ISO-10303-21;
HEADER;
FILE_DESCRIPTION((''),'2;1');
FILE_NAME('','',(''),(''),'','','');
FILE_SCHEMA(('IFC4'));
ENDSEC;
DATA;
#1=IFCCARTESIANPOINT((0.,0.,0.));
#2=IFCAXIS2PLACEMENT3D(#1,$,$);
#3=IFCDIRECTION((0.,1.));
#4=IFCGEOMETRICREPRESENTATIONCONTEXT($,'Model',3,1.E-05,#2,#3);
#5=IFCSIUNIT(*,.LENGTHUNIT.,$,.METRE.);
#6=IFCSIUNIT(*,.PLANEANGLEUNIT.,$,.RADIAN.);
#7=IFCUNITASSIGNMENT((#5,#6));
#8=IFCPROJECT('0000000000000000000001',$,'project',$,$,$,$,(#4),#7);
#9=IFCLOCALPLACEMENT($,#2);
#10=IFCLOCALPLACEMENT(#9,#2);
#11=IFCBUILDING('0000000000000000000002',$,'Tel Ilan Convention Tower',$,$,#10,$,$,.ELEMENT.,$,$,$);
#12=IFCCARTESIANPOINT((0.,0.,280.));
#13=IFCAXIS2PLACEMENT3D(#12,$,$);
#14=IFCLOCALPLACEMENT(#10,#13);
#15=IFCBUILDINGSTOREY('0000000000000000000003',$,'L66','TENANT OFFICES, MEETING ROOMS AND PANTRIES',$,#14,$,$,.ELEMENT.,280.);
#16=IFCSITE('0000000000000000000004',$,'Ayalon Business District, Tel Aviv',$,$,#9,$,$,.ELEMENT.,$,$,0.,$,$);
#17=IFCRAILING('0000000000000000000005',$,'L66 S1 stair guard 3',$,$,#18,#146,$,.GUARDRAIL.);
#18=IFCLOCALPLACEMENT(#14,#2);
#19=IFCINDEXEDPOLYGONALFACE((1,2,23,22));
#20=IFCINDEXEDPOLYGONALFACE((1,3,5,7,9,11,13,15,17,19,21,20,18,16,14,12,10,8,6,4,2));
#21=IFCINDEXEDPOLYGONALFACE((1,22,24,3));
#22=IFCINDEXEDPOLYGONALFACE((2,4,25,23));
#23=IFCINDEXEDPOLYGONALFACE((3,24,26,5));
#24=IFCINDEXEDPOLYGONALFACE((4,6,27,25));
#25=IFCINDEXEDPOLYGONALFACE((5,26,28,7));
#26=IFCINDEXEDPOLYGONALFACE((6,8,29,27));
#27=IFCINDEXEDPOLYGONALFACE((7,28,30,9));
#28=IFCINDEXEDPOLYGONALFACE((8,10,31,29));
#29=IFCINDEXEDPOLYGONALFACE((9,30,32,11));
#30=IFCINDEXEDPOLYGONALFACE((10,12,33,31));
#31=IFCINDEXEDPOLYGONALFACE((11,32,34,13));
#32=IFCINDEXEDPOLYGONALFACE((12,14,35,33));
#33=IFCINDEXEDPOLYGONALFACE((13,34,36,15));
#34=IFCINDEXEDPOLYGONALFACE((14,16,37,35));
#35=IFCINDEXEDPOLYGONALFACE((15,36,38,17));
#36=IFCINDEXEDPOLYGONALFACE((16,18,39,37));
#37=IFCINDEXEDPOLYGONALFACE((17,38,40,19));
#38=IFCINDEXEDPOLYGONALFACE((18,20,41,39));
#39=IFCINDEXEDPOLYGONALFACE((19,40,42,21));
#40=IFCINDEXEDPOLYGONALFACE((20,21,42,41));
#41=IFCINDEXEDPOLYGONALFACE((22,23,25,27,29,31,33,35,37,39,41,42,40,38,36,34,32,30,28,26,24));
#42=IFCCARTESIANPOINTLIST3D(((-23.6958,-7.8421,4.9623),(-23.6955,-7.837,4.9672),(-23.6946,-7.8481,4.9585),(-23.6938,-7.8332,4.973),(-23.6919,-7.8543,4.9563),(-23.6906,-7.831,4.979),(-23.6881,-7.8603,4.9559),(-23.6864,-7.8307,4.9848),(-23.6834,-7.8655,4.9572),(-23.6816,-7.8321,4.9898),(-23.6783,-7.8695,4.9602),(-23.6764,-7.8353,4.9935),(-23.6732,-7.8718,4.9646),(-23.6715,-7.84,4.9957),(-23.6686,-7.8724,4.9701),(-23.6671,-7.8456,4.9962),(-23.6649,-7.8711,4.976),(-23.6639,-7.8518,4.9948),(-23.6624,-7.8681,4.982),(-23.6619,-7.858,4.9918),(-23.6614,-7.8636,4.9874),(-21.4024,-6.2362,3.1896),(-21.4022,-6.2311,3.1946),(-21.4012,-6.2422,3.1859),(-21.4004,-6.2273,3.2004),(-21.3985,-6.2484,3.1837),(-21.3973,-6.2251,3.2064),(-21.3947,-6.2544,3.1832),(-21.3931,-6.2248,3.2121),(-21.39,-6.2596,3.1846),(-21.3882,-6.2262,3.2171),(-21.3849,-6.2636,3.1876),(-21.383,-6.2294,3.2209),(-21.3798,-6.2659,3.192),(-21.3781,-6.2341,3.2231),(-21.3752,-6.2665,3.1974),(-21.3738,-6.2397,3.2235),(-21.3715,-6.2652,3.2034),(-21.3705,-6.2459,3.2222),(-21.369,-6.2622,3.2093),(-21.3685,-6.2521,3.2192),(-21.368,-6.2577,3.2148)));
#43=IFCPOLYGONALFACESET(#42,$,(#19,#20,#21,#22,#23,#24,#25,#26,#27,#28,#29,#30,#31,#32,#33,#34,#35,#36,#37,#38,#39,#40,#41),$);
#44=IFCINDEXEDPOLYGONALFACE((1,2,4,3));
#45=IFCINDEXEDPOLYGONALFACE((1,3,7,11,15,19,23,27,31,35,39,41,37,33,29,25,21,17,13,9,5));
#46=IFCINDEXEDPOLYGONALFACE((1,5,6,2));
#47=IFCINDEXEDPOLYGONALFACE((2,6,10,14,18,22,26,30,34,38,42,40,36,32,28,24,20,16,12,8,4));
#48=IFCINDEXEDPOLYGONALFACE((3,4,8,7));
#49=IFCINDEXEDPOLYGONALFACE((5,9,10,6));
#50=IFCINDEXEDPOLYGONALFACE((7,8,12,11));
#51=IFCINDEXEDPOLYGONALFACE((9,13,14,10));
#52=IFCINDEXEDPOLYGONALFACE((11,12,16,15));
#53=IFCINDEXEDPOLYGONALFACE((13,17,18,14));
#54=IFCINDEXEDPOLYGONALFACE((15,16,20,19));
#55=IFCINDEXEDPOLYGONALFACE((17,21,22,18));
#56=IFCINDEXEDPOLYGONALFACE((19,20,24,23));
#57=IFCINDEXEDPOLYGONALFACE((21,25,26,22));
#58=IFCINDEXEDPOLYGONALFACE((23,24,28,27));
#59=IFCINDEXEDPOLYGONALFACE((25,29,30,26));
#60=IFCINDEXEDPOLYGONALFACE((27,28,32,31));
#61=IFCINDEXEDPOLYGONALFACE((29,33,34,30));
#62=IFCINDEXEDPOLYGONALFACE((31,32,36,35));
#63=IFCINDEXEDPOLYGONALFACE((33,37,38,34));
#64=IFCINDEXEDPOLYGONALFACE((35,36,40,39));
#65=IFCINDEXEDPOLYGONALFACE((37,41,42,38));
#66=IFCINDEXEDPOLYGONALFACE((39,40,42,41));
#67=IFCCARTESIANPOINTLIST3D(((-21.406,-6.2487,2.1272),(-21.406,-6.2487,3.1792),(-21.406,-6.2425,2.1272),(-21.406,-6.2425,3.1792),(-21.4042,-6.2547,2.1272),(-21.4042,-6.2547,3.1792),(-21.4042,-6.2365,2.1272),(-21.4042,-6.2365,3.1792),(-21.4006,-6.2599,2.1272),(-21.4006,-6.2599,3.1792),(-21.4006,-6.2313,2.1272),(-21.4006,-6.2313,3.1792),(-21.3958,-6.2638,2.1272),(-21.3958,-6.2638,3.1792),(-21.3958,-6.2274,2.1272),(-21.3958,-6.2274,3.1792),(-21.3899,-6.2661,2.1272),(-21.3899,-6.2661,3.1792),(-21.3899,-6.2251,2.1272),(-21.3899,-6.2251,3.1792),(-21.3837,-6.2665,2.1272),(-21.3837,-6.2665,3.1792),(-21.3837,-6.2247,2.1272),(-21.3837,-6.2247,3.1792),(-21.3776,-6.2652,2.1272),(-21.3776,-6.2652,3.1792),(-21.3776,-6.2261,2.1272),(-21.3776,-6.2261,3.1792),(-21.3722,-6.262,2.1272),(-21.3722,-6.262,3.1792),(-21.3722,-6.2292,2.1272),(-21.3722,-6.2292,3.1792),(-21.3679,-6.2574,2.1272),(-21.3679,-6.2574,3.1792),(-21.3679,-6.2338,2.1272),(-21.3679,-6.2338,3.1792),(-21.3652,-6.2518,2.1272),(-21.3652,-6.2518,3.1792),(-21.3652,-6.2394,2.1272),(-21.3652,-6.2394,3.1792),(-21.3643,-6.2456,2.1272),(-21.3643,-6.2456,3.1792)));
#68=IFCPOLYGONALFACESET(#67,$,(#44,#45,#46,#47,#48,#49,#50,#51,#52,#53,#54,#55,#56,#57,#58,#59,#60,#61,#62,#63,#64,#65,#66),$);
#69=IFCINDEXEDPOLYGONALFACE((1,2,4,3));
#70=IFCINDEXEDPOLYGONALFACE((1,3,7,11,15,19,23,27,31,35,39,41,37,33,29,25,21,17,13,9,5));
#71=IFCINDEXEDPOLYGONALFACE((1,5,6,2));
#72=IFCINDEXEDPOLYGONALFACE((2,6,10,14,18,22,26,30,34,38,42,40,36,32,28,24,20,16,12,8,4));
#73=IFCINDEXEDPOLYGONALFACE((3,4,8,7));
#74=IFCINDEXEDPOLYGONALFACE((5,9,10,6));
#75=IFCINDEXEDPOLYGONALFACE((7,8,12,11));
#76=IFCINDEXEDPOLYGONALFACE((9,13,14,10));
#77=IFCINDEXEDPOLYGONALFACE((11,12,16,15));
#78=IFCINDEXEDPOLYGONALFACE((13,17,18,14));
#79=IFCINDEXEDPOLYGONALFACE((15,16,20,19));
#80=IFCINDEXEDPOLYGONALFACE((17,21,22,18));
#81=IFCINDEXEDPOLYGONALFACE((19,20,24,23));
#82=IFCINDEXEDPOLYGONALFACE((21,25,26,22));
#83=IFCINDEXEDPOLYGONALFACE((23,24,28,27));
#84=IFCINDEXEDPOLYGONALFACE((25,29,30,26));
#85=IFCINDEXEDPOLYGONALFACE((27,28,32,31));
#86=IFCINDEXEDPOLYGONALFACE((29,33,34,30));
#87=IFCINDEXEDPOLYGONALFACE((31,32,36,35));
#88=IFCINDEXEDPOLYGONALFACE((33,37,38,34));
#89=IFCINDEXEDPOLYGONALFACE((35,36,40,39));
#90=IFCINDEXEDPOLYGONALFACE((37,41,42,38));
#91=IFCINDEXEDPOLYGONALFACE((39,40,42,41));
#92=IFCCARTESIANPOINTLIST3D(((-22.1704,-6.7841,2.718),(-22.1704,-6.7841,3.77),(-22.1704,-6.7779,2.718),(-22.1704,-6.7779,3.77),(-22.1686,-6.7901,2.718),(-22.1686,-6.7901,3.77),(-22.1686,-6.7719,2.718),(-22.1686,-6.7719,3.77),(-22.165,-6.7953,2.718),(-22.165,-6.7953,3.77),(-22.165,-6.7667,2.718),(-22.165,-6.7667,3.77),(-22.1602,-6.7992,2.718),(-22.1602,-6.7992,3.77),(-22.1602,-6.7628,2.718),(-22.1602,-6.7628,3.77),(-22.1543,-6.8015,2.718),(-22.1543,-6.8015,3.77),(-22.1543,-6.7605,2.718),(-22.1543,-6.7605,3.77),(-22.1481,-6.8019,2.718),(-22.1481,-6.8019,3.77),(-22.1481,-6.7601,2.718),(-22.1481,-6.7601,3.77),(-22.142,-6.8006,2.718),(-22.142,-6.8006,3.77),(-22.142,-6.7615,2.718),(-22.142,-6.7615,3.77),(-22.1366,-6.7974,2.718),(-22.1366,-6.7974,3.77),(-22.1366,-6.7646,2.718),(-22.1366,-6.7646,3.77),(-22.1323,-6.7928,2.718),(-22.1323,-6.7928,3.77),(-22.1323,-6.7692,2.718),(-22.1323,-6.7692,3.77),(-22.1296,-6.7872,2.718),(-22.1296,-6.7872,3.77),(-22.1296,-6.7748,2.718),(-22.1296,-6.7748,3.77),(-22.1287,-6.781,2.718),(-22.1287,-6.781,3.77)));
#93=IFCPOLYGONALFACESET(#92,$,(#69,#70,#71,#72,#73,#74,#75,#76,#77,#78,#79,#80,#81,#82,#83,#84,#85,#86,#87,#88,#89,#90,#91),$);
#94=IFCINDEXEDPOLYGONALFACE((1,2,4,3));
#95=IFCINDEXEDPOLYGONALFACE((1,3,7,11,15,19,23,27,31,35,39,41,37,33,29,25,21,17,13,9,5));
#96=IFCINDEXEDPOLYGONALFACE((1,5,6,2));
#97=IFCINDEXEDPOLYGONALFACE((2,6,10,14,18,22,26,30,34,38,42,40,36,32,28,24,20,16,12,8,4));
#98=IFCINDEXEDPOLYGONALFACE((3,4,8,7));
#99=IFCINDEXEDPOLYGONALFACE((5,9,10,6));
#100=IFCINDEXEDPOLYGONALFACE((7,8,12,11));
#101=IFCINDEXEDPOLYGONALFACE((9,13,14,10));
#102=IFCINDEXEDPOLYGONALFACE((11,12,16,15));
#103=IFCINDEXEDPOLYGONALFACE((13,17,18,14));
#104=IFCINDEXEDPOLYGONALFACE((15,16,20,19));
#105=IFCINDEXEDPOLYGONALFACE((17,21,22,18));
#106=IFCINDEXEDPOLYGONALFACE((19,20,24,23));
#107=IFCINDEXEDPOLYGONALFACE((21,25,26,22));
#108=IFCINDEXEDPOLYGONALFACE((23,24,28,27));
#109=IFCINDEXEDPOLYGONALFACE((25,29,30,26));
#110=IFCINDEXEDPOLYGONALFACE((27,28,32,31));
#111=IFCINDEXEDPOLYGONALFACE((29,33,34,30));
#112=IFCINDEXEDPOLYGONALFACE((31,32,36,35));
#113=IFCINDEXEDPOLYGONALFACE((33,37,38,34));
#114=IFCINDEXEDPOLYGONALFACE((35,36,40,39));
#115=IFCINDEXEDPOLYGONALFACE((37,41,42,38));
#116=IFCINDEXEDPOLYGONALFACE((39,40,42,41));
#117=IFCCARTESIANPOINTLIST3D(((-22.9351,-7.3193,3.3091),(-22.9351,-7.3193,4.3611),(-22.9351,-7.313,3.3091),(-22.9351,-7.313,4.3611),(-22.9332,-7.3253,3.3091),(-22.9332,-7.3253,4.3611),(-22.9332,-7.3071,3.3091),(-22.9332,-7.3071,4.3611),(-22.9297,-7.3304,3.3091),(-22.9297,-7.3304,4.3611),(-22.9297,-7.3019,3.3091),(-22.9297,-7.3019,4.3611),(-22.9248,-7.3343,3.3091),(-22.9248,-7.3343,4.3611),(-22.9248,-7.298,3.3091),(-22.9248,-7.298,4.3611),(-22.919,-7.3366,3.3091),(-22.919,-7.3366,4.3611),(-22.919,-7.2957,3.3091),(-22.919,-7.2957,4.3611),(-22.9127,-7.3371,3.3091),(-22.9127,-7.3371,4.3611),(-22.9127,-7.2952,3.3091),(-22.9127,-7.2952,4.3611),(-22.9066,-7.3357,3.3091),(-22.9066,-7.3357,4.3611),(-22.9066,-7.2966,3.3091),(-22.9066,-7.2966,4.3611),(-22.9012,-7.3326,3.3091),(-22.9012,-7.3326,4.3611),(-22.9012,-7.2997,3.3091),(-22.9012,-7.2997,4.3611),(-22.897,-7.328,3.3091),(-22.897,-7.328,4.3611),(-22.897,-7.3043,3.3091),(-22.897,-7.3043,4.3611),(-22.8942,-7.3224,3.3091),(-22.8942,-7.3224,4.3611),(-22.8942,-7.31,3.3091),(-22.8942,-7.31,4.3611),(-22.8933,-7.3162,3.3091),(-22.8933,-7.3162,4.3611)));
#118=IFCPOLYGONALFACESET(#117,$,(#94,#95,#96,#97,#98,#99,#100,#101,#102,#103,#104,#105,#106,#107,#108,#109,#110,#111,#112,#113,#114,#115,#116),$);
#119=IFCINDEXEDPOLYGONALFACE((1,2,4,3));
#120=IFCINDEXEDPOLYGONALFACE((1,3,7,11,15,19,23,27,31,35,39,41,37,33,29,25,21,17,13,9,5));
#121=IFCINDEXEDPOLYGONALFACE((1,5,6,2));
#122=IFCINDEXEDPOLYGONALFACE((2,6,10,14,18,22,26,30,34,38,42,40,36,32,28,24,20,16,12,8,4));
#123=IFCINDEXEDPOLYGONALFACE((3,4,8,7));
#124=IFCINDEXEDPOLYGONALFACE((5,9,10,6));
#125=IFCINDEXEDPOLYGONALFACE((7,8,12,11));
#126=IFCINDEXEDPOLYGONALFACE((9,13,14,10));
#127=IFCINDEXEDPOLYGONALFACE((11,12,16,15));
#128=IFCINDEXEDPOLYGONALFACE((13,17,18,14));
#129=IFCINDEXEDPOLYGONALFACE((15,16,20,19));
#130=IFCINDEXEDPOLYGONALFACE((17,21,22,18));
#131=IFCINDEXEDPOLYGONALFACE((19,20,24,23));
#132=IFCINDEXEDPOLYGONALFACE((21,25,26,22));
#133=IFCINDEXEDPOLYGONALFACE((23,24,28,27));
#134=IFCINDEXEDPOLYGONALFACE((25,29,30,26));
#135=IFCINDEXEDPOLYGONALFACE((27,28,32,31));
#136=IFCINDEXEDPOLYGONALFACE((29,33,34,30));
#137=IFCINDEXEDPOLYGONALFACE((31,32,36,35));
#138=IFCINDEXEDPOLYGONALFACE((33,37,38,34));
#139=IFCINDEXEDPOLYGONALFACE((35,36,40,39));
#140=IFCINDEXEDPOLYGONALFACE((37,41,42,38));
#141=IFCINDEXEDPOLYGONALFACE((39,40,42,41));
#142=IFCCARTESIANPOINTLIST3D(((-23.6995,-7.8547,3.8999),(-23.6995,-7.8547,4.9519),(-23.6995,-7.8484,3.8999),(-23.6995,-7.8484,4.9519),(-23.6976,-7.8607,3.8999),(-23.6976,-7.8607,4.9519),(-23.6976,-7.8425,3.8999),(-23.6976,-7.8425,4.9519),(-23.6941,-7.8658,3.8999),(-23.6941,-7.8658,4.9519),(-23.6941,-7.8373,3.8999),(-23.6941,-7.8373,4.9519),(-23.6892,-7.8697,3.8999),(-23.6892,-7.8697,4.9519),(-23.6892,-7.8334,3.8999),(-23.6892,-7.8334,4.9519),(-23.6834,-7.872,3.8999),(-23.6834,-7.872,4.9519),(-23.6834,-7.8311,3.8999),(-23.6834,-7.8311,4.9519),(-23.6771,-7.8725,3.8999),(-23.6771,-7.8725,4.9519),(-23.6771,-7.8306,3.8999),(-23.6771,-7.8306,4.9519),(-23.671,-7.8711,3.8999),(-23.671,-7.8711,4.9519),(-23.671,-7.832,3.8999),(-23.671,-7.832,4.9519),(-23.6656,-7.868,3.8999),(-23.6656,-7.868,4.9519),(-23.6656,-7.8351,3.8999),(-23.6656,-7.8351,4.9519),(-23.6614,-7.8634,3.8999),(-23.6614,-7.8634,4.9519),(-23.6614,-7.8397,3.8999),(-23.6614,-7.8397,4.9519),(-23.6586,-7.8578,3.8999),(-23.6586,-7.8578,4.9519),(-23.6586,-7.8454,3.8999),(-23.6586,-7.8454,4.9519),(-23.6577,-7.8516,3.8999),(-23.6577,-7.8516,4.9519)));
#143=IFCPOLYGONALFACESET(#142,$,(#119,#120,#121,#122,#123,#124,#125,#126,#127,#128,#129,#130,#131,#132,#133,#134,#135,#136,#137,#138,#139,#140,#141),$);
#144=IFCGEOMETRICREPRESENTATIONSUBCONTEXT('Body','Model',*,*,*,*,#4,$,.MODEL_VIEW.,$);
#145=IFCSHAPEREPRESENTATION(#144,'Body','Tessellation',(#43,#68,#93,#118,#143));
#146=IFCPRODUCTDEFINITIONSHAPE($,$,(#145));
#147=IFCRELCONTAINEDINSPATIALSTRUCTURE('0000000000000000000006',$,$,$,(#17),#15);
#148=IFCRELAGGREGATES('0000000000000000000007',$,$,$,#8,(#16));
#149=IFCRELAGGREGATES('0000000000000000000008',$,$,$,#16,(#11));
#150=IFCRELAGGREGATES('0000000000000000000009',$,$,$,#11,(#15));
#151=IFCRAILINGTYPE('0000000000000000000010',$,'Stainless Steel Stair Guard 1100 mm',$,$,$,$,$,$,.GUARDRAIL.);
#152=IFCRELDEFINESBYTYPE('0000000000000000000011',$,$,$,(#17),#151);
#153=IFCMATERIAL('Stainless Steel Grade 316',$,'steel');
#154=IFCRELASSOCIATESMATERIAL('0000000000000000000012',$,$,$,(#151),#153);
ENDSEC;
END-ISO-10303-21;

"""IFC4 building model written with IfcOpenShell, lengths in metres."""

from ifc_helpers import new_model, si_unit, direction, frame, origin, origin_2d, place, context, subcontext, project, spatial, circle, extrude, material, type_object, element, save


model = new_model("IFC4")

# Units and contexts
model_context = context("Model", 3, precision=1e-05, world=origin(), true_north=direction((0.0, 1.0)))
body_context = subcontext(model_context, "Body", "Model", "MODEL_VIEW")
ifc_project = project(units=[si_unit("LENGTHUNIT", "METRE"), si_unit("PLANEANGLEUNIT", "RADIAN")], contexts=[model_context])

# Site, building, storey
site_placement = place(None, origin())
site = spatial("IfcSite", under=ifc_project, at=site_placement, Name="Ayalon Business District, Tel Aviv", CompositionType="ELEMENT", RefElevation=0.0)
building_placement = place(site_placement, origin())
building = spatial("IfcBuilding", under=site, at=building_placement, Name="Tel Ilan Convention Tower", CompositionType="ELEMENT")
storey_placement = place(building_placement, frame((0.0, 0.0, 280.0)))
storey = spatial("IfcBuildingStorey", under=building, at=storey_placement, Name="L66", Description="TENANT OFFICES, MEETING ROOMS AND PANTRIES", CompositionType="ELEMENT", Elevation=280.0)

# Railing
ifc_material_1 = material(Name="Stainless Steel Grade 316", Category="steel")
railing_type_1 = type_object("IfcRailingType", Name="Stainless Steel Stair Guard 1100 mm", PredefinedType="GUARDRAIL", material=ifc_material_1)
railing_1_placement = place(storey_placement, frame((-21.3853, -6.2456, 2.1272)))
element("IfcRailing", 1, at=railing_1_placement, inside=storey, type_object=railing_type_1, Name="L66 S1 stair guard 3", PredefinedType="GUARDRAIL", context=body_context, shape_type="SweptSolid", body=[
    extrude(circle(Radius=0.0239, at=origin_2d()), frame((0.0, 0.0, 1.0762), z_axis=(-0.692085, -0.484621, 0.53494), x_axis=(0.573591, -0.819142, 0.0)), (0.0, 0.0, 1.0), 3.3137),
    extrude(circle(Radius=0.021, at=origin_2d()), origin(), (0.0, 0.0, 1.0), 1.052),
    extrude(circle(Radius=0.021, at=origin_2d()), frame((-0.7644, -0.5354, 0.5908)), (0.0, 0.0, 1.0), 1.052),
    extrude(circle(Radius=0.021, at=origin_2d()), frame((-1.5291, -1.0706, 1.1819)), (0.0, 0.0, 1.0), 1.052),
    extrude(circle(Radius=0.021, at=origin_2d()), frame((-2.2935, -1.606, 1.7727)), (0.0, 0.0, 1.0), 1.052),
])

save(model, "model.ifc")
